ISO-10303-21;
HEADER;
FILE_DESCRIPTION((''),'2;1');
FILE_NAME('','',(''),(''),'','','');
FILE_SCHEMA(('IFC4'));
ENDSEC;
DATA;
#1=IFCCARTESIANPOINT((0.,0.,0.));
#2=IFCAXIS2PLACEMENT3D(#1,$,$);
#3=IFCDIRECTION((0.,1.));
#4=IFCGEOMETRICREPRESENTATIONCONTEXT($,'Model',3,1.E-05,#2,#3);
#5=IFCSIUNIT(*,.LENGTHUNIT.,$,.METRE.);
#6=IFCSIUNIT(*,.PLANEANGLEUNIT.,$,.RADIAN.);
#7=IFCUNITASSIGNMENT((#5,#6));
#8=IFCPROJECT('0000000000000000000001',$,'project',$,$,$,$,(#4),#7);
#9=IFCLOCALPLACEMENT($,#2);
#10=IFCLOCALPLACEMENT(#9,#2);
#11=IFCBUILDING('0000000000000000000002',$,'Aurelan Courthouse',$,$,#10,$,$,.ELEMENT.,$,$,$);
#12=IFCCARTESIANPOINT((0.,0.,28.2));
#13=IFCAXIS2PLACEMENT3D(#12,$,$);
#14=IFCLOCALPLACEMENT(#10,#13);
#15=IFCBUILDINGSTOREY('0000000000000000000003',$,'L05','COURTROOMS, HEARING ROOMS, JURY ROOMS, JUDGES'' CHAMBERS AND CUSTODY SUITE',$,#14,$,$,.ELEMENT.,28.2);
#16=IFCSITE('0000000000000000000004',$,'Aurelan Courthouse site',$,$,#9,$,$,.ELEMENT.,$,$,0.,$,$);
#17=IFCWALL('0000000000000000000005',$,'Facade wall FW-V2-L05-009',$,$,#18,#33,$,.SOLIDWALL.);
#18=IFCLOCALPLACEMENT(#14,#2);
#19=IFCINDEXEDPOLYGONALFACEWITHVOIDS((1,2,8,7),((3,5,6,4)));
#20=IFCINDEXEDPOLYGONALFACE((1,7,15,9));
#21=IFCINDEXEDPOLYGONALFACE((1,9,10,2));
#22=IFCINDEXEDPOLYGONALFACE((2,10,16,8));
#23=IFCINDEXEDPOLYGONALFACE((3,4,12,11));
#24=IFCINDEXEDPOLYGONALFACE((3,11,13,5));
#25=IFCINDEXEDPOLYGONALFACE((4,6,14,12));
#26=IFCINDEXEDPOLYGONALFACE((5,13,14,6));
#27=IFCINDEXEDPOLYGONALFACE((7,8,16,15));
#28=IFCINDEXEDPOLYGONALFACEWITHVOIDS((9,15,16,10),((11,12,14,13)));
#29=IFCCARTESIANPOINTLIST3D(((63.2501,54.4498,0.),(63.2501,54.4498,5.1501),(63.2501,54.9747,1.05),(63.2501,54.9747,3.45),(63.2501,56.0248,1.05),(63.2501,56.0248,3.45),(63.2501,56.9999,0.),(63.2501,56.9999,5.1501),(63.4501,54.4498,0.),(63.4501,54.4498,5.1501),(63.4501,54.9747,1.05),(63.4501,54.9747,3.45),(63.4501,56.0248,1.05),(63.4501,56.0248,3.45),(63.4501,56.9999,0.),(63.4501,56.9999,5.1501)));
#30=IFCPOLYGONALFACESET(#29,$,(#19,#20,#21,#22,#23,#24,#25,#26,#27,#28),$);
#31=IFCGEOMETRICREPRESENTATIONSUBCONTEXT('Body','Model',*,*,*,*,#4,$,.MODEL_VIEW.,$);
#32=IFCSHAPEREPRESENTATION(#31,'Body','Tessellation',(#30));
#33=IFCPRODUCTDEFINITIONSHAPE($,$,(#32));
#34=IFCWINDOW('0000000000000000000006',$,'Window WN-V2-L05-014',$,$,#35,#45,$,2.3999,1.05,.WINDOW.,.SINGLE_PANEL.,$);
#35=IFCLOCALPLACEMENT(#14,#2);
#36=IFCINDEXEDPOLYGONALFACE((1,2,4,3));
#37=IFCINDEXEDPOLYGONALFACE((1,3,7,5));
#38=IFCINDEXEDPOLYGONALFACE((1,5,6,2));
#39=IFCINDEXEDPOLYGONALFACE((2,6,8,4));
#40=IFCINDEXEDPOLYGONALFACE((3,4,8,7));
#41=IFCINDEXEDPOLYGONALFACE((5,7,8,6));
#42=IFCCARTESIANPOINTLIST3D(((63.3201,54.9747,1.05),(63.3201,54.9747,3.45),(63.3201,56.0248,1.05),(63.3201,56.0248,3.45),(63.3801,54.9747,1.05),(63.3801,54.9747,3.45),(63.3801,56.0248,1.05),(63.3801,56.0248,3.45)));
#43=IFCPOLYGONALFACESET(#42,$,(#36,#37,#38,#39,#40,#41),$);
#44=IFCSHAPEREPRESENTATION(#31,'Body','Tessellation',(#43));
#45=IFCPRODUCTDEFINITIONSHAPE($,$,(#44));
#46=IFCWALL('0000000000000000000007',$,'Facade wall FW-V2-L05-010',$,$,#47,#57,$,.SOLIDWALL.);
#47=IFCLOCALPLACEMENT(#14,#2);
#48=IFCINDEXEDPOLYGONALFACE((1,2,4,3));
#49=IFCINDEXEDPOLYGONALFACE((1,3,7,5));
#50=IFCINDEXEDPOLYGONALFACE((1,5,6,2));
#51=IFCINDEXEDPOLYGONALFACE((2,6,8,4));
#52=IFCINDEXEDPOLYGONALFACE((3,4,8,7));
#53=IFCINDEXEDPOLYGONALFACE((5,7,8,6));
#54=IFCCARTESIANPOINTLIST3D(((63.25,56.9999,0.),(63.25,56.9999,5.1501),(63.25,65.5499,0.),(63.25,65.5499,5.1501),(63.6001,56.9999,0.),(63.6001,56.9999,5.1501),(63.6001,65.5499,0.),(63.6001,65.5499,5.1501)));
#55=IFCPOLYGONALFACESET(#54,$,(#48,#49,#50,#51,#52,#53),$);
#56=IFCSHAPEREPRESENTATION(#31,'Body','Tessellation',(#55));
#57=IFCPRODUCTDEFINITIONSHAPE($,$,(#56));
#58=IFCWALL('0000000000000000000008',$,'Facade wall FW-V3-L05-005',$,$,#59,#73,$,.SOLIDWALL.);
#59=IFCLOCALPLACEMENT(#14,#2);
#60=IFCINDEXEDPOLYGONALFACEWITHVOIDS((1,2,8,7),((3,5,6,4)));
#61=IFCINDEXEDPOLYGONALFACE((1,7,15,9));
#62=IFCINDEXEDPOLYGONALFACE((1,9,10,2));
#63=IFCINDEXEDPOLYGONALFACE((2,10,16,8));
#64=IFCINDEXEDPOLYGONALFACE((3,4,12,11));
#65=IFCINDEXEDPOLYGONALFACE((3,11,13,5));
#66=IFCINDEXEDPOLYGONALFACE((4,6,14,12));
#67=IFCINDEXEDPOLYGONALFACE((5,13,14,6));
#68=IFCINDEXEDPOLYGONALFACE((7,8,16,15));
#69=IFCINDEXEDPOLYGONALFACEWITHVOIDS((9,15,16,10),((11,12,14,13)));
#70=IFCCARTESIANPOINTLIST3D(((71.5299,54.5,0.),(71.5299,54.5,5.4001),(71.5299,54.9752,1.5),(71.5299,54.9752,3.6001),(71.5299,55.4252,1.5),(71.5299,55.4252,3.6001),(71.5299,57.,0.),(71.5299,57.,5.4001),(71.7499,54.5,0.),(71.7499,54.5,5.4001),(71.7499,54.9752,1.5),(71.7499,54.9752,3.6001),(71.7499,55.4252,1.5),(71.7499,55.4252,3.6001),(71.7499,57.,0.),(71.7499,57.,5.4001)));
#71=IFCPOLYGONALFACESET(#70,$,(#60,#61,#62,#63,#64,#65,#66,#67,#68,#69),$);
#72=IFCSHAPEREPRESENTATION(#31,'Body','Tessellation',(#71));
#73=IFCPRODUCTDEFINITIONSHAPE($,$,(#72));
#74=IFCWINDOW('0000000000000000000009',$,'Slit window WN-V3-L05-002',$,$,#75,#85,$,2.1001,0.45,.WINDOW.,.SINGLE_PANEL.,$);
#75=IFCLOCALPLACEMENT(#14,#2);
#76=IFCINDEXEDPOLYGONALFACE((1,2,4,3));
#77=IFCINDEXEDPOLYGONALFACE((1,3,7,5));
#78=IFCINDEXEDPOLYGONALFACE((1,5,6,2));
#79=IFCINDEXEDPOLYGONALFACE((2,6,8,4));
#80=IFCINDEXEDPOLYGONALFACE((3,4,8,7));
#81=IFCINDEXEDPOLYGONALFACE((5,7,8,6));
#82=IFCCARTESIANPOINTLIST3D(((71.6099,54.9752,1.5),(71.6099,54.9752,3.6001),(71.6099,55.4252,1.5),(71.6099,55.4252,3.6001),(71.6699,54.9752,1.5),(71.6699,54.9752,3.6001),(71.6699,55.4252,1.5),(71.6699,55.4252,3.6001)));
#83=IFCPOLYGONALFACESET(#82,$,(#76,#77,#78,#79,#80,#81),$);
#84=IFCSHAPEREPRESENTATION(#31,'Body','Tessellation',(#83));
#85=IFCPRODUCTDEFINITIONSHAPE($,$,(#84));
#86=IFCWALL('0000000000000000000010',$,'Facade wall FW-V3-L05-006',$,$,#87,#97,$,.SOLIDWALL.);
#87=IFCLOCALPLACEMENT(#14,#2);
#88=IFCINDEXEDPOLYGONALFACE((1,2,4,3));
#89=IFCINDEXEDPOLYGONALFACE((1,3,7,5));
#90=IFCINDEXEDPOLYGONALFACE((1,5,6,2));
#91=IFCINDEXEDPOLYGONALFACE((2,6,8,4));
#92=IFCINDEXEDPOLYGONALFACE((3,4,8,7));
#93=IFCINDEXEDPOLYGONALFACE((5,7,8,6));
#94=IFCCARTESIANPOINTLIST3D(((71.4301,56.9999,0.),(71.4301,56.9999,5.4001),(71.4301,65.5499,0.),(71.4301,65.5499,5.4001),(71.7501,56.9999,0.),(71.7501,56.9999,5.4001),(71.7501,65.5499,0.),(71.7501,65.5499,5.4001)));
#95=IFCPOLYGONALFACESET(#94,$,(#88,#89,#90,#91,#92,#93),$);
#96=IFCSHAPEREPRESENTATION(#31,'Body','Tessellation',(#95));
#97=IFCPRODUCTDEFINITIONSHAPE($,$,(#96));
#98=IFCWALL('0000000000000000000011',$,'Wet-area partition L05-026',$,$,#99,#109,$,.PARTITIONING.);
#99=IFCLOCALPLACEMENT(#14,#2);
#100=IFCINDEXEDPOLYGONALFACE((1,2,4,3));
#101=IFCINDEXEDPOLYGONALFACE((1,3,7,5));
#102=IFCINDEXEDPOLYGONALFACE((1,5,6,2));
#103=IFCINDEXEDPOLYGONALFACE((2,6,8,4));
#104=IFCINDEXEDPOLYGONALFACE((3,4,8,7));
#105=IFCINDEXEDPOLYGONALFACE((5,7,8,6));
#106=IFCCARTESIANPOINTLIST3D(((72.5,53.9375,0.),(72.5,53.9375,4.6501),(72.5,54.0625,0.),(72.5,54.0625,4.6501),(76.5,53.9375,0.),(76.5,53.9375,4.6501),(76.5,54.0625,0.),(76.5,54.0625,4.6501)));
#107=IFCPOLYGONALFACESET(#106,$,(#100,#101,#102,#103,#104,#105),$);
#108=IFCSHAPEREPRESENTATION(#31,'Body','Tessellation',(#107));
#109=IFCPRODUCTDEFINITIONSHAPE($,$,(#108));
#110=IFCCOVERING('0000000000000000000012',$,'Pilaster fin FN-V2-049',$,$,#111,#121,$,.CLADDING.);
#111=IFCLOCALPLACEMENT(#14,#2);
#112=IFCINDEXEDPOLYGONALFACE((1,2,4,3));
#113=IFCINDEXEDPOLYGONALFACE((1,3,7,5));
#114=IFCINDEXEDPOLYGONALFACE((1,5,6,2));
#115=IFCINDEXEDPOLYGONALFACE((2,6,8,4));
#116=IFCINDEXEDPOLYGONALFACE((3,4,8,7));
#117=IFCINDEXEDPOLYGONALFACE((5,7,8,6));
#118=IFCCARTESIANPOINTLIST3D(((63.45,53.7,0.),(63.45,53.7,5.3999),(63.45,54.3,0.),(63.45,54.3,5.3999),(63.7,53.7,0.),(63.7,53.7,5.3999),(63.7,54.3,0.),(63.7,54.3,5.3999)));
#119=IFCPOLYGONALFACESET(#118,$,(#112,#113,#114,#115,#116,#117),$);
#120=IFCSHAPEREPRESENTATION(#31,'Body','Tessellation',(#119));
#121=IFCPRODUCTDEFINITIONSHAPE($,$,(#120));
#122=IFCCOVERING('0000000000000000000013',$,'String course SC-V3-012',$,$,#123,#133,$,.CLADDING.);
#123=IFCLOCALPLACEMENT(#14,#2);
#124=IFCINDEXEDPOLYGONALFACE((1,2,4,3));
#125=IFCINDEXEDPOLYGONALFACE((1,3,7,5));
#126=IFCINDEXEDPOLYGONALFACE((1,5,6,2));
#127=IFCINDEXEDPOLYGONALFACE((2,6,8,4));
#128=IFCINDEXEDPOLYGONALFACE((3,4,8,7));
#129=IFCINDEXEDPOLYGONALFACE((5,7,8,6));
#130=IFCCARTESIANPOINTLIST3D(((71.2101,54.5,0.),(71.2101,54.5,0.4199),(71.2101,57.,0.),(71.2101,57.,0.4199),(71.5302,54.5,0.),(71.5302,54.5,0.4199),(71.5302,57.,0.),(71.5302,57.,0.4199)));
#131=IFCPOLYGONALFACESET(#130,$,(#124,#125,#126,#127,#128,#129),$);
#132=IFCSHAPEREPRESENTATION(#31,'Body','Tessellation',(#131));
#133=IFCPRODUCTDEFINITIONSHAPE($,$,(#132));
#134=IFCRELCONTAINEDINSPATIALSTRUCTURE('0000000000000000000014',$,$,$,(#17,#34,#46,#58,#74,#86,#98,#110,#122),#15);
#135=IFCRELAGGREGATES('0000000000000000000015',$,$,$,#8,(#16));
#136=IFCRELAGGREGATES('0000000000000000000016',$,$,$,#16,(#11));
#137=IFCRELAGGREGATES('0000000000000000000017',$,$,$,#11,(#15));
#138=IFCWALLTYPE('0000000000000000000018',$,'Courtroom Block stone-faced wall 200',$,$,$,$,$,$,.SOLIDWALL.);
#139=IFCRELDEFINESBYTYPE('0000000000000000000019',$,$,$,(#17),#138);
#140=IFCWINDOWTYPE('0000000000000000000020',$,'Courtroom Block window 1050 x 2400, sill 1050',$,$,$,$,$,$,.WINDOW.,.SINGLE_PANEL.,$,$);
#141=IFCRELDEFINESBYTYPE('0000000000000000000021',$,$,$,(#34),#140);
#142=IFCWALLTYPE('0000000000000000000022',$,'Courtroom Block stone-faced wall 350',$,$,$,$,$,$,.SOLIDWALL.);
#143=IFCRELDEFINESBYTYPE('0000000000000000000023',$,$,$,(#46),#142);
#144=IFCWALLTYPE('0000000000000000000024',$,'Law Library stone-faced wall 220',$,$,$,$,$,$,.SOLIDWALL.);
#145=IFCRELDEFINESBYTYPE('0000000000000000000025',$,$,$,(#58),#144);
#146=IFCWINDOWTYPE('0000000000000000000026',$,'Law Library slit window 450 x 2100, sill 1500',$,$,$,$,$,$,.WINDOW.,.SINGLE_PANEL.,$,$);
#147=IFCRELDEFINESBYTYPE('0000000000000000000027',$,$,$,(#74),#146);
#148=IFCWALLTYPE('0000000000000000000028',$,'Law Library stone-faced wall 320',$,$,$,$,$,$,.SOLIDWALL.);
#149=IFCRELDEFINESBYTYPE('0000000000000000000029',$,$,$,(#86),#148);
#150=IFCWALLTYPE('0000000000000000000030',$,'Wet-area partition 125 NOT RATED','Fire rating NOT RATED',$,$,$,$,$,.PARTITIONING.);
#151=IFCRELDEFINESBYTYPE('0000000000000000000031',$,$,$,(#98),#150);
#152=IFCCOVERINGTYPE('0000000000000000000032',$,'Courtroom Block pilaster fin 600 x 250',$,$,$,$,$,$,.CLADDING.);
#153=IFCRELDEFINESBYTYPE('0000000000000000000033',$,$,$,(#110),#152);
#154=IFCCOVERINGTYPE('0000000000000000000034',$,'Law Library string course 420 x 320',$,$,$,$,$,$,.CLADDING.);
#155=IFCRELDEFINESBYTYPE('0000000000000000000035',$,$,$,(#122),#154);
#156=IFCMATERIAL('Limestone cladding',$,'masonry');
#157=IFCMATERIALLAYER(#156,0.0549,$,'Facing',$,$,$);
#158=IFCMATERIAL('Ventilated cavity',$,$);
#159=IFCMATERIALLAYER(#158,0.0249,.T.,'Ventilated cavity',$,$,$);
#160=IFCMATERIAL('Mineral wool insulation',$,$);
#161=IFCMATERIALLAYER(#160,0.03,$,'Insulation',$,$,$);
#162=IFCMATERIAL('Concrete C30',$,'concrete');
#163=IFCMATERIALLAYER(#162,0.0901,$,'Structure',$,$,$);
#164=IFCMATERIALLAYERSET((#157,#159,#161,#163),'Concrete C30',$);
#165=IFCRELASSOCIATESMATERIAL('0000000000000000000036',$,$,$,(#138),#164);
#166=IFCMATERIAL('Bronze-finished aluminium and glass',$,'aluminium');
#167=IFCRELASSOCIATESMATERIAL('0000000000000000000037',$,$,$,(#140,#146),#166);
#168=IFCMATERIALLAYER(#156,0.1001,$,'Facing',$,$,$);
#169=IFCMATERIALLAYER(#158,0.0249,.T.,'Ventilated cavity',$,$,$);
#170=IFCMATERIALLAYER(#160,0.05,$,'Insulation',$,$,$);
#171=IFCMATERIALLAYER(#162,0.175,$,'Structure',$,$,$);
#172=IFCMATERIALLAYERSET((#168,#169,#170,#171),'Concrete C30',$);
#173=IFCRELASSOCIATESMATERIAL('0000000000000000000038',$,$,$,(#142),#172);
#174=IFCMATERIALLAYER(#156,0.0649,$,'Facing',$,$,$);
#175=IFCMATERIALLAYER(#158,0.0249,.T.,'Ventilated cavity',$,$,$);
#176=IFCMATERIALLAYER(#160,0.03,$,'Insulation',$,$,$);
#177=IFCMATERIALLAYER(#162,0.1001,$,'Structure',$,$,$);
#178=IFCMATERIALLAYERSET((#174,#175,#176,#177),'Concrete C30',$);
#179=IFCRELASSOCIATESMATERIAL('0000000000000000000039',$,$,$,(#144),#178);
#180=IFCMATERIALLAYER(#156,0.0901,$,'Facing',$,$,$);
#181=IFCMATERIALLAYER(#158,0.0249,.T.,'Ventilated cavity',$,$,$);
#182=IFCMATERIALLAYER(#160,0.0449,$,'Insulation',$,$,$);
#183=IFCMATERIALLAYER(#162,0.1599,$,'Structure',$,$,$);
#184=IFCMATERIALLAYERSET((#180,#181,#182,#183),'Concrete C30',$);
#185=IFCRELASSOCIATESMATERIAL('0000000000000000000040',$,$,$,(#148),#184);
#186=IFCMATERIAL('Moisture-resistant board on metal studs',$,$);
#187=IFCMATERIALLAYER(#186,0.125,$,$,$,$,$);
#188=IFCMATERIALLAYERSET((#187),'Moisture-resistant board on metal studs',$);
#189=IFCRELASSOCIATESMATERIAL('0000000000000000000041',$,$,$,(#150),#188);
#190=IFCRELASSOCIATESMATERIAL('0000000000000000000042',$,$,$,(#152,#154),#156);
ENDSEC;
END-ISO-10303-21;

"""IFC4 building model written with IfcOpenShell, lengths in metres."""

from ifc_helpers import new_model, si_unit, direction, frame, frame_2d, origin, origin_2d, place, context, subcontext, project, spatial, rectangle, extrude, material, layer, layer_set, type_object, element, fill, save


model = new_model("IFC4")

# Units and contexts
model_context = context("Model", 3, precision=1e-05, world=origin(), true_north=direction((0.0, 1.0)))
body_context = subcontext(model_context, "Body", "Model", "MODEL_VIEW")
ifc_project = project(units=[si_unit("LENGTHUNIT", "METRE"), si_unit("PLANEANGLEUNIT", "RADIAN")], contexts=[model_context])

# Site, building, storey
site_placement = place(None, origin())
site = spatial("IfcSite", under=ifc_project, at=site_placement, Name="Aurelan Courthouse site", CompositionType="ELEMENT", RefElevation=0.0)
building_placement = place(site_placement, origin())
building = spatial("IfcBuilding", under=site, at=building_placement, Name="Aurelan Courthouse", CompositionType="ELEMENT")
storey_placement = place(building_placement, frame((0.0, 0.0, 28.2)))
storey = spatial("IfcBuildingStorey", under=building, at=storey_placement, Name="L05", Description="COURTROOMS, HEARING ROOMS, JURY ROOMS, JUDGES' CHAMBERS AND CUSTODY SUITE", CompositionType="ELEMENT", Elevation=28.2)

# Shared definitions
ifc_material_1 = material(Name="Bronze-finished aluminium and glass", Category="aluminium")

# Wall, opening, window
ifc_material_2 = material(Name="Limestone cladding", Category="masonry")
ifc_layer_1 = layer(ifc_material_2, 0.0549, Name="Facing")
ifc_material_3 = material(Name="Ventilated cavity")
ifc_layer_2 = layer(ifc_material_3, 0.0249, ventilated=True, Name="Ventilated cavity")
ifc_material_4 = material(Name="Mineral wool insulation")
ifc_layer_3 = layer(ifc_material_4, 0.03, Name="Insulation")
ifc_material_5 = material(Name="Concrete C30", Category="concrete")
ifc_layer_4 = layer(ifc_material_5, 0.0901, Name="Structure")
ifc_layer_set_1 = layer_set([ifc_layer_1, ifc_layer_2, ifc_layer_3, ifc_layer_4], Name="Concrete C30")
wall_type_1 = type_object("IfcWallType", Name="Courtroom Block stone-faced wall 200", PredefinedType="SOLIDWALL", material=ifc_layer_set_1)
wall_1_placement = place(storey_placement, frame((63.3501, 54.45, 0.0), z_axis=(0.0, 0.0, 1.0), x_axis=(0.0, 1.0, 0.0)))
wall_1 = element("IfcWall", 1, at=wall_1_placement, inside=storey, type_object=wall_type_1, Name="Facade wall FW-V2-L05-009", PredefinedType="SOLIDWALL", context=body_context, shape_type="SweptSolid", body=[
    extrude(rectangle(XDim=2.55, YDim=0.2, at=frame_2d((1.2749, 0.0))), origin(), (0.0, 0.0, 1.0), 5.1501),
])
opening_1_placement = place(wall_1_placement, frame((0.5249, 0.0, 1.05)))
opening_1 = element("IfcOpeningElement", 2, at=opening_1_placement, cuts=wall_1, PredefinedType="OPENING", context=body_context, shape_type="SweptSolid", body=[
    extrude(rectangle(XDim=1.05, YDim=2.3999, at=frame_2d((0.5249, 1.2))), frame((0.0, 0.1099, 0.0), z_axis=(0.0, -1.0, 0.0), x_axis=(1.0, 0.0, 0.0)), (0.0, 0.0, 1.0), 0.22),
])
window_type_1 = type_object("IfcWindowType", Name="Courtroom Block window 1050 x 2400, sill 1050", PartitioningType="SINGLE_PANEL", PredefinedType="WINDOW", material=ifc_material_1)
window_1_placement = place(opening_1_placement, origin())
window_1 = element("IfcWindow", 3, at=window_1_placement, inside=storey, type_object=window_type_1, Name="Window WN-V2-L05-014", OverallHeight=2.3999, OverallWidth=1.05, PartitioningType="SINGLE_PANEL", PredefinedType="WINDOW", context=body_context, shape_type="SweptSolid", body=[
    extrude(rectangle(XDim=1.05, YDim=2.3999, at=frame_2d((0.5249, 1.2))), frame((0.0, 0.03, 0.0), z_axis=(0.0, -1.0, 0.0), x_axis=(1.0, 0.0, 0.0)), (0.0, 0.0, 1.0), 0.0601),
])
fill(opening_1, window_1)

# Wall
ifc_layer_5 = layer(ifc_material_2, 0.1001, Name="Facing")
ifc_layer_6 = layer(ifc_material_3, 0.0249, ventilated=True, Name="Ventilated cavity")
ifc_layer_7 = layer(ifc_material_4, 0.05, Name="Insulation")
ifc_layer_8 = layer(ifc_material_5, 0.175, Name="Structure")
ifc_layer_set_2 = layer_set([ifc_layer_5, ifc_layer_6, ifc_layer_7, ifc_layer_8], Name="Concrete C30")
wall_type_2 = type_object("IfcWallType", Name="Courtroom Block stone-faced wall 350", PredefinedType="SOLIDWALL", material=ifc_layer_set_2)
wall_2_placement = place(storey_placement, frame((63.425, 57.0, 0.0), z_axis=(0.0, 0.0, 1.0), x_axis=(0.0, 1.0, 0.0)))
element("IfcWall", 4, at=wall_2_placement, inside=storey, type_object=wall_type_2, Name="Facade wall FW-V2-L05-010", PredefinedType="SOLIDWALL", context=body_context, shape_type="SweptSolid", body=[
    extrude(rectangle(XDim=8.55, YDim=0.3501, at=frame_2d((4.2749, 0.0))), origin(), (0.0, 0.0, 1.0), 5.1501),
])

# Wall, opening, window
ifc_layer_9 = layer(ifc_material_2, 0.0649, Name="Facing")
ifc_layer_10 = layer(ifc_material_3, 0.0249, ventilated=True, Name="Ventilated cavity")
ifc_layer_11 = layer(ifc_material_4, 0.03, Name="Insulation")
ifc_layer_12 = layer(ifc_material_5, 0.1001, Name="Structure")
ifc_layer_set_3 = layer_set([ifc_layer_9, ifc_layer_10, ifc_layer_11, ifc_layer_12], Name="Concrete C30")
wall_type_3 = type_object("IfcWallType", Name="Law Library stone-faced wall 220", PredefinedType="SOLIDWALL", material=ifc_layer_set_3)
wall_3_placement = place(storey_placement, frame((71.6399, 54.5, 0.0), z_axis=(0.0, 0.0, 1.0), x_axis=(0.0, 1.0, 0.0)))
wall_3 = element("IfcWall", 5, at=wall_3_placement, inside=storey, type_object=wall_type_3, Name="Facade wall FW-V3-L05-005", PredefinedType="SOLIDWALL", context=body_context, shape_type="SweptSolid", body=[
    extrude(rectangle(XDim=2.5, YDim=0.22, at=frame_2d((1.25, 0.0))), origin(), (0.0, 0.0, 1.0), 5.4001),
])
opening_2_placement = place(wall_3_placement, frame((0.4751, 0.0, 1.5)))
opening_2 = element("IfcOpeningElement", 6, at=opening_2_placement, cuts=wall_3, PredefinedType="OPENING", context=body_context, shape_type="SweptSolid", body=[
    extrude(rectangle(XDim=0.45, YDim=2.1001, at=frame_2d((0.2251, 1.05))), frame((0.0, 0.1199, 0.0), z_axis=(0.0, -1.0, 0.0), x_axis=(1.0, 0.0, 0.0)), (0.0, 0.0, 1.0), 0.24),
])
window_type_2 = type_object("IfcWindowType", Name="Law Library slit window 450 x 2100, sill 1500", PartitioningType="SINGLE_PANEL", PredefinedType="WINDOW", material=ifc_material_1)
window_2_placement = place(opening_2_placement, origin())
window_2 = element("IfcWindow", 7, at=window_2_placement, inside=storey, type_object=window_type_2, Name="Slit window WN-V3-L05-002", OverallHeight=2.1001, OverallWidth=0.45, PartitioningType="SINGLE_PANEL", PredefinedType="WINDOW", context=body_context, shape_type="SweptSolid", body=[
    extrude(rectangle(XDim=0.45, YDim=2.1001, at=frame_2d((0.2251, 1.05))), frame((0.0, 0.03, 0.0), z_axis=(0.0, -1.0, 0.0), x_axis=(1.0, 0.0, 0.0)), (0.0, 0.0, 1.0), 0.0601),
])
fill(opening_2, window_2)

# Walls
ifc_layer_13 = layer(ifc_material_2, 0.0901, Name="Facing")
ifc_layer_14 = layer(ifc_material_3, 0.0249, ventilated=True, Name="Ventilated cavity")
ifc_layer_15 = layer(ifc_material_4, 0.0449, Name="Insulation")
ifc_layer_16 = layer(ifc_material_5, 0.1599, Name="Structure")
ifc_layer_set_4 = layer_set([ifc_layer_13, ifc_layer_14, ifc_layer_15, ifc_layer_16], Name="Concrete C30")
wall_type_4 = type_object("IfcWallType", Name="Law Library stone-faced wall 320", PredefinedType="SOLIDWALL", material=ifc_layer_set_4)
wall_4_placement = place(storey_placement, frame((71.5901, 57.0, 0.0), z_axis=(0.0, 0.0, 1.0), x_axis=(0.0, 1.0, 0.0)))
element("IfcWall", 8, at=wall_4_placement, inside=storey, type_object=wall_type_4, Name="Facade wall FW-V3-L05-006", PredefinedType="SOLIDWALL", context=body_context, shape_type="SweptSolid", body=[
    extrude(rectangle(XDim=8.55, YDim=0.3201, at=frame_2d((4.2749, 0.0))), origin(), (0.0, 0.0, 1.0), 5.4001),
])
ifc_material_6 = material(Name="Moisture-resistant board on metal studs")
ifc_layer_17 = layer(ifc_material_6, 0.125)
ifc_layer_set_5 = layer_set([ifc_layer_17], Name="Moisture-resistant board on metal studs")
wall_type_5 = type_object("IfcWallType", Name="Wet-area partition 125 NOT RATED", Description="Fire rating NOT RATED", PredefinedType="PARTITIONING", material=ifc_layer_set_5)
wall_5_placement = place(storey_placement, frame((72.5, 54.0, 0.0), z_axis=(0.0, 0.0, 1.0), x_axis=(1.0, 0.0, 0.0)))
element("IfcWall", 9, at=wall_5_placement, inside=storey, type_object=wall_type_5, Name="Wet-area partition L05-026", PredefinedType="PARTITIONING", context=body_context, shape_type="SweptSolid", body=[
    extrude(rectangle(XDim=4.0, YDim=0.125, at=frame_2d((2.0, 0.0))), origin(), (0.0, 0.0, 1.0), 4.6501),
])

# Coverings
covering_type_1 = type_object("IfcCoveringType", Name="Courtroom Block pilaster fin 600 x 250", PredefinedType="CLADDING", material=ifc_material_2)
covering_1_placement = place(storey_placement, frame((63.575, 54.0, 0.0), z_axis=(0.0, 0.0, 1.0), x_axis=(1.0, 0.0, 0.0)))
element("IfcCovering", 10, at=covering_1_placement, inside=storey, type_object=covering_type_1, Name="Pilaster fin FN-V2-049", PredefinedType="CLADDING", context=body_context, shape_type="SweptSolid", body=[
    extrude(rectangle(XDim=0.25, YDim=0.6001, at=origin_2d()), origin(), (0.0, 0.0, 1.0), 5.3999),
])
covering_type_2 = type_object("IfcCoveringType", Name="Law Library string course 420 x 320", PredefinedType="CLADDING", material=ifc_material_2)
covering_2_placement = place(storey_placement, frame((71.3701, 55.75, 0.0), z_axis=(0.0, 0.0, 1.0), x_axis=(1.0, 0.0, 0.0)))
element("IfcCovering", 11, at=covering_2_placement, inside=storey, type_object=covering_type_2, Name="String course SC-V3-012", PredefinedType="CLADDING", context=body_context, shape_type="SweptSolid", body=[
    extrude(rectangle(XDim=0.3201, YDim=2.5, at=origin_2d()), origin(), (0.0, 0.0, 1.0), 0.4199),
])

save(model, "model.ifc")
